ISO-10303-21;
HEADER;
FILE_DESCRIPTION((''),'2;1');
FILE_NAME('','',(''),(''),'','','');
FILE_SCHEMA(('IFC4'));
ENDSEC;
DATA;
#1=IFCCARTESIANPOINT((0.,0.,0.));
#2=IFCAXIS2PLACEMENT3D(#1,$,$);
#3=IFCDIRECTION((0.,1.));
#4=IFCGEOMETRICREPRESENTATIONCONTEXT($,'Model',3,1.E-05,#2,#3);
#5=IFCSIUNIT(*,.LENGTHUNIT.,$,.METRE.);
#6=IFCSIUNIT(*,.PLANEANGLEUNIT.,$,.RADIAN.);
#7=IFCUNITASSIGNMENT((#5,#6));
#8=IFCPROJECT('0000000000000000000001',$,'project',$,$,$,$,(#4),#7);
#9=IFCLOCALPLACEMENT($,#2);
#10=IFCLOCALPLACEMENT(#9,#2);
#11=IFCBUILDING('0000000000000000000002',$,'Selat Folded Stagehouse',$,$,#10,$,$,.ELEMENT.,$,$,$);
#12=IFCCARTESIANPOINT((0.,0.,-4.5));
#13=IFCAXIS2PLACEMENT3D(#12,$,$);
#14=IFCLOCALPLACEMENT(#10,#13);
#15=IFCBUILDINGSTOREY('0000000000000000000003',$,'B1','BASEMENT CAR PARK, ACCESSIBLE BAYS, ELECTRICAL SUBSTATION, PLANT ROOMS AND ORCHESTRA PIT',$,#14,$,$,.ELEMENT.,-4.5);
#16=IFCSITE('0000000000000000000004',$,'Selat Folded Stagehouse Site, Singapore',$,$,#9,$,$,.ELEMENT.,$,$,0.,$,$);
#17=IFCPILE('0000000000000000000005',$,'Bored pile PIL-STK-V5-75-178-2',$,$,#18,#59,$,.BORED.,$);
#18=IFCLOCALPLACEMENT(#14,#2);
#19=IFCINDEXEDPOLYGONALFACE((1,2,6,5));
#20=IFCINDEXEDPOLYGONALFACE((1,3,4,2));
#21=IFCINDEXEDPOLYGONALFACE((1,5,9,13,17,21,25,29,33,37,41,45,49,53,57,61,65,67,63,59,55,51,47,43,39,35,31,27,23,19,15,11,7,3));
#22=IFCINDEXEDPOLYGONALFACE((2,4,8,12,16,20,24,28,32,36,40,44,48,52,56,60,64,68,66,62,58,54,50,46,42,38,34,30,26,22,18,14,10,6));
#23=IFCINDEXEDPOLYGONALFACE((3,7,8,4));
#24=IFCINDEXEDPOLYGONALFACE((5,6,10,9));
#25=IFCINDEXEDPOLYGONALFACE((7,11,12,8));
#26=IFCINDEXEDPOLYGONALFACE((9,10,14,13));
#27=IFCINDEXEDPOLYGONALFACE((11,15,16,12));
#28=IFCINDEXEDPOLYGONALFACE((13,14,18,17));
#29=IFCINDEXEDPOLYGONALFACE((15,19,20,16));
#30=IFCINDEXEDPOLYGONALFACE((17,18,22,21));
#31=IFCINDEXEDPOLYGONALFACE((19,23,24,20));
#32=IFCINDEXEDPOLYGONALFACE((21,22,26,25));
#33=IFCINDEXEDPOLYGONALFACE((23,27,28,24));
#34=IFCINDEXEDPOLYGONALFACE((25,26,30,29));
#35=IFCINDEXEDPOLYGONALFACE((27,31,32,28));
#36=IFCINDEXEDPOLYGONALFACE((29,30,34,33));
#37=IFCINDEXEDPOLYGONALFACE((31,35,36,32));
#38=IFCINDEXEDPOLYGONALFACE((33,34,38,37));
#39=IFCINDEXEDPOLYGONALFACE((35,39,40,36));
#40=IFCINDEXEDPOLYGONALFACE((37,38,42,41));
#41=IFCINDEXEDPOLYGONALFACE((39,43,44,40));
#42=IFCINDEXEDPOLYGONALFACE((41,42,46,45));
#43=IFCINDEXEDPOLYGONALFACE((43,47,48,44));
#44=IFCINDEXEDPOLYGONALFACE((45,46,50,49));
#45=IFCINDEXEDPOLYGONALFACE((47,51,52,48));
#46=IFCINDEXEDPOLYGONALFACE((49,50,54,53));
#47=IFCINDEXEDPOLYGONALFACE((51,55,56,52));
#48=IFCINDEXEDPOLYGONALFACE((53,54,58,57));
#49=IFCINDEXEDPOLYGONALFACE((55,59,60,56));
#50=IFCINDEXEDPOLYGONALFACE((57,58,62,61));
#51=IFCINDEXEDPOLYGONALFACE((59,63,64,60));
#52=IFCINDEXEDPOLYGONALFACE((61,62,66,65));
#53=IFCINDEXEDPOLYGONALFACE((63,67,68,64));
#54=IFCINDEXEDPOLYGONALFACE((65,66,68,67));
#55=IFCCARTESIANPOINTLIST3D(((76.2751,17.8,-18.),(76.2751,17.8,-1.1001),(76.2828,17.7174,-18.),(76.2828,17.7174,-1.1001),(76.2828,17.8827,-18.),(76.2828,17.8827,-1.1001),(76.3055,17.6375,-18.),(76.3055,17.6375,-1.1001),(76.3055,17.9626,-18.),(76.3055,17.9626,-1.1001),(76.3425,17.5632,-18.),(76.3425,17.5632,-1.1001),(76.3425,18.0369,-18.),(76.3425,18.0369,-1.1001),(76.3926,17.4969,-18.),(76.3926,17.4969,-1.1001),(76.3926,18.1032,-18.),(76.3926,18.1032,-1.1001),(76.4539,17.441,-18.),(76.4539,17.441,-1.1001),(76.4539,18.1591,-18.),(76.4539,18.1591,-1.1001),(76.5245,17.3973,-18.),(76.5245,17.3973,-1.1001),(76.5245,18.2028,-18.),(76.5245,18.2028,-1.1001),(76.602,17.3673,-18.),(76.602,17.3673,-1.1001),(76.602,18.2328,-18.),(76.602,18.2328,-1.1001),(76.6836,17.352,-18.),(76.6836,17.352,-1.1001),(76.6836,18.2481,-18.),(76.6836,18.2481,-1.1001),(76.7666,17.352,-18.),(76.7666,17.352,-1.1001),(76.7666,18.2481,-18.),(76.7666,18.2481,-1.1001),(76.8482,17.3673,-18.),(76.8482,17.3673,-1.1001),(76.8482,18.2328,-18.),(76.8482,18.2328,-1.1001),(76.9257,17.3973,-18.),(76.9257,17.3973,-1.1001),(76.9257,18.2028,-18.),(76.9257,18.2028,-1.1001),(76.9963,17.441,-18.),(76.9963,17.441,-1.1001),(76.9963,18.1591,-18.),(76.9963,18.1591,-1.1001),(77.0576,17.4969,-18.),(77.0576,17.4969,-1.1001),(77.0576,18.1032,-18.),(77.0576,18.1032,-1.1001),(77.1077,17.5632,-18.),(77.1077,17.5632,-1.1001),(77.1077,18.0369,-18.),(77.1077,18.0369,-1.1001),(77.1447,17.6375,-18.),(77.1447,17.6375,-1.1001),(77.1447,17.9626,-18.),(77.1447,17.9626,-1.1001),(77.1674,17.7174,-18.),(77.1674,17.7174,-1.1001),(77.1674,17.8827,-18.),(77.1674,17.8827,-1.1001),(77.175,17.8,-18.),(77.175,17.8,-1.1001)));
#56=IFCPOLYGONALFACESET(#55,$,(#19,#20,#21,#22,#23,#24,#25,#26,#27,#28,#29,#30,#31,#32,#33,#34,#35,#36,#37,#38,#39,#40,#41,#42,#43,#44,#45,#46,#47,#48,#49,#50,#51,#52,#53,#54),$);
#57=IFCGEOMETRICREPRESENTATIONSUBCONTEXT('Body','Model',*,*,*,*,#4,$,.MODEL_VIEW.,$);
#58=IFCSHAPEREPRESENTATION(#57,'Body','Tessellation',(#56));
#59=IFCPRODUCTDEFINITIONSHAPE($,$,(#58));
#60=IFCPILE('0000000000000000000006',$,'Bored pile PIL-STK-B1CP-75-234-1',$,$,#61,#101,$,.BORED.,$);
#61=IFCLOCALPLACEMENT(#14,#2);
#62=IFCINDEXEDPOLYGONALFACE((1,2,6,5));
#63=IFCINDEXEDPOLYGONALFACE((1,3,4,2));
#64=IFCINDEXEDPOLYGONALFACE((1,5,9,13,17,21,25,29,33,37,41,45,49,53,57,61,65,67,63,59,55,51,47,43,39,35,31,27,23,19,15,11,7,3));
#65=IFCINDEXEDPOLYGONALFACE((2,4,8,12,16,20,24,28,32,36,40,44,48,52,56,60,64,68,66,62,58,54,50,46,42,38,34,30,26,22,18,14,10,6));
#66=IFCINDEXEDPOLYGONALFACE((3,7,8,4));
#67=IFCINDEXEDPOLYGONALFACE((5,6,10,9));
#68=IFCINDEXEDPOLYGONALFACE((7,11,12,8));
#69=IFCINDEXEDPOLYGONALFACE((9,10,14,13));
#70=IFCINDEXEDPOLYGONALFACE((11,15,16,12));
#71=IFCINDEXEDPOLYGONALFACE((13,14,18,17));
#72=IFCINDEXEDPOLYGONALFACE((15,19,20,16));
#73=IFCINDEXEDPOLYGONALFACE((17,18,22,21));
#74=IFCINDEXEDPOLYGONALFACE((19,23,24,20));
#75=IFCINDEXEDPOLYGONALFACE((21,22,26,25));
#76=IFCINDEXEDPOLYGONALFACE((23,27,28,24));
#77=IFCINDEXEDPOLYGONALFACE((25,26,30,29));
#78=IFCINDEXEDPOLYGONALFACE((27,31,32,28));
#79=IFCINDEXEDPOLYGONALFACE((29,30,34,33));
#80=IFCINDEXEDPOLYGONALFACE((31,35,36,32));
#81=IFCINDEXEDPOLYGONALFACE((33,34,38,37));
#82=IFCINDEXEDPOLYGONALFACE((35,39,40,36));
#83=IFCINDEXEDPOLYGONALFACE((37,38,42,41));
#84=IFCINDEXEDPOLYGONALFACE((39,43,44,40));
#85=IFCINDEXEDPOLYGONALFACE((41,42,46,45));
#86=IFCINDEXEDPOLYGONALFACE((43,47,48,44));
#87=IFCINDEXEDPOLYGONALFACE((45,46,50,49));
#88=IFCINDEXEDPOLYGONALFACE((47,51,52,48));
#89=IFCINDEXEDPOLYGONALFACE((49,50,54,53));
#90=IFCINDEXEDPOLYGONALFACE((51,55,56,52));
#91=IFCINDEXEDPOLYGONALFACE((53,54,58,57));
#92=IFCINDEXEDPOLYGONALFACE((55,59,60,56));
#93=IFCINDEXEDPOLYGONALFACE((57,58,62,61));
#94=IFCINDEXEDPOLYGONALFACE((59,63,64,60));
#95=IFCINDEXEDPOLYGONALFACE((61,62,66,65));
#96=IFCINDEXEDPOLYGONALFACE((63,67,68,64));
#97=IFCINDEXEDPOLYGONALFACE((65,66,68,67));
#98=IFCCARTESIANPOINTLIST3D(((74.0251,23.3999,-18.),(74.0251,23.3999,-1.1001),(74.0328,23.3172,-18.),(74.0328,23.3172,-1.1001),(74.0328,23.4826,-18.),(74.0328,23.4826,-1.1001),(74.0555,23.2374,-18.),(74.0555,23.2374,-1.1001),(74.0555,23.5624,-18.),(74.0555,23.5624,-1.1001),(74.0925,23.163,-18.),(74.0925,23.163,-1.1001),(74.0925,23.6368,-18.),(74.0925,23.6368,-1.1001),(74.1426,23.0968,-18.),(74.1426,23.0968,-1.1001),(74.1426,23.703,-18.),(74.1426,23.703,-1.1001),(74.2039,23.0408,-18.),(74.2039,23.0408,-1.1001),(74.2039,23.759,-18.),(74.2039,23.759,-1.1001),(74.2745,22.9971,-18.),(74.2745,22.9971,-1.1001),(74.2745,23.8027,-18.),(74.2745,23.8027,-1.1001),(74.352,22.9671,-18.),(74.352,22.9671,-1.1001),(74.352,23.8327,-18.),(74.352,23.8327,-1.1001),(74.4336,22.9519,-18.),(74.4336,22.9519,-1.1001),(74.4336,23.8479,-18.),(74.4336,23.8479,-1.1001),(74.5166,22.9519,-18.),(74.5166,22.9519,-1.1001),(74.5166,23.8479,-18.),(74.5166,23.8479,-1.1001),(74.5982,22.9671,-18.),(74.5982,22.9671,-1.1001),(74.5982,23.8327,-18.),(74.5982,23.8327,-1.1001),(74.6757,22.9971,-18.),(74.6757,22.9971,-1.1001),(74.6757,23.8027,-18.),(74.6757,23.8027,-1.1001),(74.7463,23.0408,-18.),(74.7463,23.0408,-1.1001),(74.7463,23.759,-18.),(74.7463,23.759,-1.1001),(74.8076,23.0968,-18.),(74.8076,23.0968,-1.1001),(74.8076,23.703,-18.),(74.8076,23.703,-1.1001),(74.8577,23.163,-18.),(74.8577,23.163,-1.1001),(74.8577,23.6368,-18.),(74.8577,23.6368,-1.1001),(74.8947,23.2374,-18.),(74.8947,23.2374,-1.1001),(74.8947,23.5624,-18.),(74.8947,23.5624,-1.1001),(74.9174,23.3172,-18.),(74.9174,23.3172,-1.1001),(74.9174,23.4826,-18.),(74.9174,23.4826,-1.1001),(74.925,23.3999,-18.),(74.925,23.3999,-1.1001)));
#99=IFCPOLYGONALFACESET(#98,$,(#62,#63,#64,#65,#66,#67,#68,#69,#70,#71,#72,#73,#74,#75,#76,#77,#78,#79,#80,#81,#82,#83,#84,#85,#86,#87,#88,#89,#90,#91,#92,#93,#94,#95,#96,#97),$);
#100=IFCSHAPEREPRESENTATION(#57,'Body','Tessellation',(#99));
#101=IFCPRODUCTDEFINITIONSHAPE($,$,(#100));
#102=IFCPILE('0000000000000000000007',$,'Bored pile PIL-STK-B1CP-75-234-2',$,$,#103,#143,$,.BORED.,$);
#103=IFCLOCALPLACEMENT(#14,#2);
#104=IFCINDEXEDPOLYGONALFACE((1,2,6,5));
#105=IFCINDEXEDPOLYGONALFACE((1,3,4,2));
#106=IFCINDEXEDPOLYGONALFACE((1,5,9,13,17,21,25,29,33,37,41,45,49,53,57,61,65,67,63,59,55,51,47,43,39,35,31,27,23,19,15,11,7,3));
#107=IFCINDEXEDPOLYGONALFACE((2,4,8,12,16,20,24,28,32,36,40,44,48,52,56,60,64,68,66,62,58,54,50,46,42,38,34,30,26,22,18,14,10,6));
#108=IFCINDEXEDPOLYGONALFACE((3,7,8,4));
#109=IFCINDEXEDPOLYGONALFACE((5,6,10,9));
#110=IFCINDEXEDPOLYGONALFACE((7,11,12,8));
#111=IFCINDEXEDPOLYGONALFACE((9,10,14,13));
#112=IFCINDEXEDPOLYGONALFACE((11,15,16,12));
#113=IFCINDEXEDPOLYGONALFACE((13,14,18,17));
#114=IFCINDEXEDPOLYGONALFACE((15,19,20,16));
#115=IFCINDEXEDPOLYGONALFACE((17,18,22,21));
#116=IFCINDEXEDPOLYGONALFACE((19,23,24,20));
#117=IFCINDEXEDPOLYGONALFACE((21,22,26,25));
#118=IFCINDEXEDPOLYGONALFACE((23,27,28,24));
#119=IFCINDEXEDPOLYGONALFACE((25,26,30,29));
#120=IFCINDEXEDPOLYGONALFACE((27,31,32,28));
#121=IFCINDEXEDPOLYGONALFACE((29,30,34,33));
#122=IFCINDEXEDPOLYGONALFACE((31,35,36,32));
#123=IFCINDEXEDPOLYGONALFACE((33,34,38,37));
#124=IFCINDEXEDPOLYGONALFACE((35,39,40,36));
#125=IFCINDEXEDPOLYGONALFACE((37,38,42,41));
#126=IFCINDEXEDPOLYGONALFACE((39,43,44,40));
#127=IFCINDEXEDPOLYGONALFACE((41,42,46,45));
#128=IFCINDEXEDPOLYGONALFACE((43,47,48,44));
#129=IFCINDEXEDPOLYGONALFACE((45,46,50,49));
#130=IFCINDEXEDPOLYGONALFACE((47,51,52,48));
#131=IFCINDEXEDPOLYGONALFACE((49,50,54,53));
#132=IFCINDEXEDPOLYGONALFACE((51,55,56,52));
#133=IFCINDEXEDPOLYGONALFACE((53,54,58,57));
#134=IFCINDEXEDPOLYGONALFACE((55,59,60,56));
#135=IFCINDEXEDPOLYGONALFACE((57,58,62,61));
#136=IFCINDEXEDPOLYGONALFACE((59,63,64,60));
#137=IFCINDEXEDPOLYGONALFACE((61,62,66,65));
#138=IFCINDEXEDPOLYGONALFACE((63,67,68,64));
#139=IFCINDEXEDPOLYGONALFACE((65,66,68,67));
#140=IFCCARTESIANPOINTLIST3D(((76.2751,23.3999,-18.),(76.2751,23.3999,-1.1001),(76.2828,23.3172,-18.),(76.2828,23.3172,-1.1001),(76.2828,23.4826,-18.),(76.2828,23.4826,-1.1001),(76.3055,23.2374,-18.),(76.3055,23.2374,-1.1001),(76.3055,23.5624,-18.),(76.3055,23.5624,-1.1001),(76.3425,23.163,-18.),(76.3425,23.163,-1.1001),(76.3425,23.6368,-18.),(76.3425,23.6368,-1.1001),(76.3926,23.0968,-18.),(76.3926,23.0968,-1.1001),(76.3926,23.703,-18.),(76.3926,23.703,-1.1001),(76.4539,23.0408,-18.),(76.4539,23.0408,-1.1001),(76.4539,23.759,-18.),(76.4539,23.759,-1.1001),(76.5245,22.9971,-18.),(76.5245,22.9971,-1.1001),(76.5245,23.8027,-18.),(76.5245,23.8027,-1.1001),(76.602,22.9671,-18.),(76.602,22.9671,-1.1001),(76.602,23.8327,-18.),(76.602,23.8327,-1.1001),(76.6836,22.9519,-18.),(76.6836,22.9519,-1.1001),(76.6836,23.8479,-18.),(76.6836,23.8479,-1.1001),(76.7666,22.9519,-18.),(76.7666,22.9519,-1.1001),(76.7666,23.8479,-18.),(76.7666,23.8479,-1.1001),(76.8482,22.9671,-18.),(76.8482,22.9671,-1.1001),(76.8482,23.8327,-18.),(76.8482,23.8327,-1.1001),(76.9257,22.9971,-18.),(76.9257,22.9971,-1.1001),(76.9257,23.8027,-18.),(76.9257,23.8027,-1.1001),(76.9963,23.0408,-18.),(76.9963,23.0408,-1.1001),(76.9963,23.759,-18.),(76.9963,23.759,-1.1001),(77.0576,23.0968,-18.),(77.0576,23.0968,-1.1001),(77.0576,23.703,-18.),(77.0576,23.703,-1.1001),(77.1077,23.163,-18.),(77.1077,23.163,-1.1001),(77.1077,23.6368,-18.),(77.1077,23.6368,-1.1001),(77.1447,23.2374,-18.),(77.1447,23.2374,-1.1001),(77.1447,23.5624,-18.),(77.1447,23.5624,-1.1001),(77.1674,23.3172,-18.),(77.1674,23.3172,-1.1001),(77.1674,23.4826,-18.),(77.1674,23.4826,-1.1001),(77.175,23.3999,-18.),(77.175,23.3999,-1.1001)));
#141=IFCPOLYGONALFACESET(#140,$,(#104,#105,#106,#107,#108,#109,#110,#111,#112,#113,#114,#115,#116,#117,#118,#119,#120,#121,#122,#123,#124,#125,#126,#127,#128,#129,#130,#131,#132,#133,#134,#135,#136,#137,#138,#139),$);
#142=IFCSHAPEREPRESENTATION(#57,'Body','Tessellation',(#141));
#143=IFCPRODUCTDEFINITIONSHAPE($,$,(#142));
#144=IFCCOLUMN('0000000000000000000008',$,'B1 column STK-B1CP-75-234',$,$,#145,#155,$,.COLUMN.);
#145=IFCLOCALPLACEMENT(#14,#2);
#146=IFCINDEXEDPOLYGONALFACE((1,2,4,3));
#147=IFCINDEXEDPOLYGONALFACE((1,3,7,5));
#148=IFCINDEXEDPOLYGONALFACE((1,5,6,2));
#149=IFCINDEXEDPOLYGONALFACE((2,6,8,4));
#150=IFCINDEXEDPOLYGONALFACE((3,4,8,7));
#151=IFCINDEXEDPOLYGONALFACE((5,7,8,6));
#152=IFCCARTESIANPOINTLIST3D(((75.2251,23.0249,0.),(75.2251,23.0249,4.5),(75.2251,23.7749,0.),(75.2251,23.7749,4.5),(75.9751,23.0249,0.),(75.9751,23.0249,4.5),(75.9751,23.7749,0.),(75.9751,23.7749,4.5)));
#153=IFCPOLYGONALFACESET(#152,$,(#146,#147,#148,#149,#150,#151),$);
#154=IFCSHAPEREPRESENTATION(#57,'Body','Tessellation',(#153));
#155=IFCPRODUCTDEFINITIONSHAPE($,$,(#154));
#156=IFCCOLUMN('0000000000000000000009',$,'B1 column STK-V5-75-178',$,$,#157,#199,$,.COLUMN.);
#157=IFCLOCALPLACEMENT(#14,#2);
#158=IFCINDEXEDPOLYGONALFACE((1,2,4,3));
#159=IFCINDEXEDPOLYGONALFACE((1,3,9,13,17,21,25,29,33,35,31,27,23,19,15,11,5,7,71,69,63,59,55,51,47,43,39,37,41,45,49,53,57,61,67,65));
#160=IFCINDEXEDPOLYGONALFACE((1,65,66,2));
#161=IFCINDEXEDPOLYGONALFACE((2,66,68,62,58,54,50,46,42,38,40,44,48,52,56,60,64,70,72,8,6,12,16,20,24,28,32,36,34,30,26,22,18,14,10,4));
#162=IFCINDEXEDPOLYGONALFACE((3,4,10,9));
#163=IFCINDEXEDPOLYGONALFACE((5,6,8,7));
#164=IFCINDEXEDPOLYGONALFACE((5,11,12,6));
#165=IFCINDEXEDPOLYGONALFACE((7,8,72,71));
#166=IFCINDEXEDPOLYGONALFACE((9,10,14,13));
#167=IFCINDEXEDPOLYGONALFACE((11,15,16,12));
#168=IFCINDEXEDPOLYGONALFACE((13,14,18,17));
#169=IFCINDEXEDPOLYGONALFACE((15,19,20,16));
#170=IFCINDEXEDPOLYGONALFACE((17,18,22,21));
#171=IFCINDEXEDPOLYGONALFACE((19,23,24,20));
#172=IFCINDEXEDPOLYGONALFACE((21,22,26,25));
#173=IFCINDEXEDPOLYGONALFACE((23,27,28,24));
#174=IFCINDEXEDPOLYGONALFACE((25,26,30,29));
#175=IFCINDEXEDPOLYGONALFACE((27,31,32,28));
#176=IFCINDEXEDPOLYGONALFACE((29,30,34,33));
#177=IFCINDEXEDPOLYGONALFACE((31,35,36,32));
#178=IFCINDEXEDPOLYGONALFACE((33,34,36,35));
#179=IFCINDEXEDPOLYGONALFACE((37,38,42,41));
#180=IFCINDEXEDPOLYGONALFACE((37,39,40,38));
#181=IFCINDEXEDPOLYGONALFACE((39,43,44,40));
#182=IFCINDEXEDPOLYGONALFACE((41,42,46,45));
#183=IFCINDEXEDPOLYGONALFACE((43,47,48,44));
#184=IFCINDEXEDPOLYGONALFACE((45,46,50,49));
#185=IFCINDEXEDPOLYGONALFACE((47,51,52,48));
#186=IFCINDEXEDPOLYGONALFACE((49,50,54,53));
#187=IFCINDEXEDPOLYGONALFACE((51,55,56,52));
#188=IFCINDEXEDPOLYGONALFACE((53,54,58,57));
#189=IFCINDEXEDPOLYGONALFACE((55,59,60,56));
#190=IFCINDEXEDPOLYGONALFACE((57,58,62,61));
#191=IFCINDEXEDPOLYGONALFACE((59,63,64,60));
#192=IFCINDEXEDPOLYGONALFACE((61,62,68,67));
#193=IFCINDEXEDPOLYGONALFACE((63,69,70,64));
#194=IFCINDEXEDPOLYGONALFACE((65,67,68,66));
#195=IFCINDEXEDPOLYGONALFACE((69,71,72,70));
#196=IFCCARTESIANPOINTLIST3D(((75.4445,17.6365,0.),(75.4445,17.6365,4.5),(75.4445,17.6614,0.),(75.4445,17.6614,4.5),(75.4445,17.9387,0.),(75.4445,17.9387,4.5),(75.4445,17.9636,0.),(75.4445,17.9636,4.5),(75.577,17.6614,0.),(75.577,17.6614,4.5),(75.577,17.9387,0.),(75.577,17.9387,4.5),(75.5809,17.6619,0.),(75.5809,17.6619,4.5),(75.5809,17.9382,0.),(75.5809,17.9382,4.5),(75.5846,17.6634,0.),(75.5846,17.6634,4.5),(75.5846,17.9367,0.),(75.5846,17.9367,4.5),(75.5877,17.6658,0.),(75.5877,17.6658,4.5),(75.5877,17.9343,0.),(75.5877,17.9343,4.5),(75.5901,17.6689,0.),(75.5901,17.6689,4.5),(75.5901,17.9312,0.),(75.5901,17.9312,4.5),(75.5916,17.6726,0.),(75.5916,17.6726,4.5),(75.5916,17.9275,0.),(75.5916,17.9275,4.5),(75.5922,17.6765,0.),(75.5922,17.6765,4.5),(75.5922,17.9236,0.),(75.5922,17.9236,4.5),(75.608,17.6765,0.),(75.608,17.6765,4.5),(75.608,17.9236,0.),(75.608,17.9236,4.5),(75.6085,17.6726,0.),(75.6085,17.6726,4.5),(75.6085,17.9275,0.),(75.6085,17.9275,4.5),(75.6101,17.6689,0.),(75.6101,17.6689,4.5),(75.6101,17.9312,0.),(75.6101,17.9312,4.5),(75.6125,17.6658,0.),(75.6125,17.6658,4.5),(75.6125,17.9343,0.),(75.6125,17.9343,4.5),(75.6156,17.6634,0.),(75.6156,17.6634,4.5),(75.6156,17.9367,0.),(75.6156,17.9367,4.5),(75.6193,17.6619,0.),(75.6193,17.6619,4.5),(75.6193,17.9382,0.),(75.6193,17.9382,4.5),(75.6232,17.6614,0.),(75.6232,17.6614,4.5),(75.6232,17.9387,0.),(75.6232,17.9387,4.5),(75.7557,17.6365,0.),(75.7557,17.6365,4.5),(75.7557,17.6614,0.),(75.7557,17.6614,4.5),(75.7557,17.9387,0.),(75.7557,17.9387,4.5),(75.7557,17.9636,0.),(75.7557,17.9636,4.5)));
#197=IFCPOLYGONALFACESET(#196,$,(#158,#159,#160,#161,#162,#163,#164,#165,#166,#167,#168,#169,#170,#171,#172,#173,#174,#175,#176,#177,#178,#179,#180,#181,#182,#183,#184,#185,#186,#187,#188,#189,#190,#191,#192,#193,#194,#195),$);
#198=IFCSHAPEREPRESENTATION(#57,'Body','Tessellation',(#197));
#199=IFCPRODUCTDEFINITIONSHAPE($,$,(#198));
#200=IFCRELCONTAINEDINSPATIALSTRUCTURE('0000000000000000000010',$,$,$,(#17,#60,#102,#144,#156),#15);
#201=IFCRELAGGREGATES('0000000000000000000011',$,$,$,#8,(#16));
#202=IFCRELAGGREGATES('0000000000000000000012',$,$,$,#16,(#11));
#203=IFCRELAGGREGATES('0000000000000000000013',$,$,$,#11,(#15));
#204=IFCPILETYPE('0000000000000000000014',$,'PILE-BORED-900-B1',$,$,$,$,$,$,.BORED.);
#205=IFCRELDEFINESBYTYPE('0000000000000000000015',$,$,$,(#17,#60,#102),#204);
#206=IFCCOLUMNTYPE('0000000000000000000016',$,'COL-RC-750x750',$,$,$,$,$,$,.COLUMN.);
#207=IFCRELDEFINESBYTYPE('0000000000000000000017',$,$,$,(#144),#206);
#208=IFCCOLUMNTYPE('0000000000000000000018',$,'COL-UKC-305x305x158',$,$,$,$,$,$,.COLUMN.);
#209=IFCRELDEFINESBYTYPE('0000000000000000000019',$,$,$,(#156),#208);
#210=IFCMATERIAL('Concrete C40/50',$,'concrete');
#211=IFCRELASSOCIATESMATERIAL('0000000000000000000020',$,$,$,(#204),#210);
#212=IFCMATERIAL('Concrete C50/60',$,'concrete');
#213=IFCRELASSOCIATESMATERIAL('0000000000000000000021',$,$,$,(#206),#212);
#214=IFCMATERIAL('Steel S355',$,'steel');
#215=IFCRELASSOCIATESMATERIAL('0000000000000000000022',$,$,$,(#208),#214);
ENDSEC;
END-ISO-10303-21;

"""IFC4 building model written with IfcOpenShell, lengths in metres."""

from ifc_helpers import new_model, si_unit, direction, frame, origin, origin_2d, place, context, subcontext, project, spatial, rectangle, circle, i_section, extrude, material, material_profile, profile_set, type_object, element, save


model = new_model("IFC4")

# Units and contexts
model_context = context("Model", 3, precision=1e-05, world=origin(), true_north=direction((0.0, 1.0)))
body_context = subcontext(model_context, "Body", "Model", "MODEL_VIEW")
ifc_project = project(units=[si_unit("LENGTHUNIT", "METRE"), si_unit("PLANEANGLEUNIT", "RADIAN")], contexts=[model_context])

# Site, building, storey
site_placement = place(None, origin())
site = spatial("IfcSite", under=ifc_project, at=site_placement, Name="Selat Folded Stagehouse Site, Singapore", CompositionType="ELEMENT", RefElevation=0.0)
building_placement = place(site_placement, origin())
building = spatial("IfcBuilding", under=site, at=building_placement, Name="Selat Folded Stagehouse", CompositionType="ELEMENT")
storey_placement = place(building_placement, frame((0.0, 0.0, -4.5)))
storey = spatial("IfcBuildingStorey", under=building, at=storey_placement, Name="B1", Description="BASEMENT CAR PARK, ACCESSIBLE BAYS, ELECTRICAL SUBSTATION, PLANT ROOMS AND ORCHESTRA PIT", CompositionType="ELEMENT", Elevation=-4.5)

# Shared definitions
ifc_material_1 = material(Name="Concrete C40/50", Category="concrete")

# Piles
ifc_material_profile_1 = material_profile(ifc_material_1, circle(Radius=0.45, at=origin_2d()), Name="PILE D900")
ifc_profile_set_1 = profile_set([ifc_material_profile_1], Name="Concrete C40/50")
pile_type_1 = type_object("IfcPileType", Name="PILE-BORED-900-B1", PredefinedType="BORED", material=ifc_profile_set_1)
for number, where, z_axis, x_axis, name in (
    (1, (76.7251, 17.8, -1.1001), (0.0, 0.0, -1.0), (1.0, 0.0, 0.0), "Bored pile PIL-STK-V5-75-178-2"),
    (2, (74.4751, 23.3999, -1.1001), (0.0, 0.0, -1.0), (1.0, 0.0, 0.0), "Bored pile PIL-STK-B1CP-75-234-1"),
    (3, (76.7251, 23.3999, -1.1001), (0.0, 0.0, -1.0), (1.0, 0.0, 0.0), "Bored pile PIL-STK-B1CP-75-234-2"),
):
    element("IfcPile", number, at=place(storey_placement, frame(where, z_axis=z_axis, x_axis=x_axis)), inside=storey, type_object=pile_type_1, Name=name, PredefinedType="BORED", context=body_context, shape_type="SweptSolid", body=[
        extrude(circle(Radius=0.45, at=origin_2d()), origin(), (0.0, 0.0, 1.0), 16.8999),
    ])

# Columns
ifc_material_2 = material(Name="Concrete C50/60", Category="concrete")
ifc_material_profile_2 = material_profile(ifc_material_2, rectangle(XDim=0.75, YDim=0.75, at=origin_2d()), Name="RC 750x750")
ifc_profile_set_2 = profile_set([ifc_material_profile_2], Name="Concrete C50/60")
column_type_1 = type_object("IfcColumnType", Name="COL-RC-750x750", PredefinedType="COLUMN", material=ifc_profile_set_2)
column_1_placement = place(storey_placement, frame((75.6001, 23.3999, 0.0), z_axis=(0.0, 0.0, 1.0), x_axis=(1.0, 0.0, 0.0)))
element("IfcColumn", 4, at=column_1_placement, inside=storey, type_object=column_type_1, Name="B1 column STK-B1CP-75-234", PredefinedType="COLUMN", context=body_context, shape_type="SweptSolid", body=[
    extrude(rectangle(XDim=0.75, YDim=0.75, at=origin_2d()), origin(), (0.0, 0.0, 1.0), 4.5),
])
ifc_material_3 = material(Name="Steel S355", Category="steel")
ifc_material_profile_3 = material_profile(ifc_material_3, i_section(OverallWidth=0.3113, OverallDepth=0.3271, WebThickness=0.0159, FlangeThickness=0.0249, FilletRadius=0.0151, at=origin_2d()), Name="UKC 305x305x158")
ifc_profile_set_3 = profile_set([ifc_material_profile_3], Name="Steel S355")
column_type_2 = type_object("IfcColumnType", Name="COL-UKC-305x305x158", PredefinedType="COLUMN", material=ifc_profile_set_3)
column_2_placement = place(storey_placement, frame((75.6001, 17.8, 0.0), z_axis=(0.0, 0.0, 1.0), x_axis=(1.0, 0.0, 0.0)))
element("IfcColumn", 5, at=column_2_placement, inside=storey, type_object=column_type_2, Name="B1 column STK-V5-75-178", PredefinedType="COLUMN", context=body_context, shape_type="SweptSolid", body=[
    extrude(i_section(OverallWidth=0.3113, OverallDepth=0.3271, WebThickness=0.0159, FlangeThickness=0.0249, FilletRadius=0.0151, at=origin_2d()), origin(), (0.0, 0.0, 1.0), 4.5),
])

save(model, "model.ifc")
